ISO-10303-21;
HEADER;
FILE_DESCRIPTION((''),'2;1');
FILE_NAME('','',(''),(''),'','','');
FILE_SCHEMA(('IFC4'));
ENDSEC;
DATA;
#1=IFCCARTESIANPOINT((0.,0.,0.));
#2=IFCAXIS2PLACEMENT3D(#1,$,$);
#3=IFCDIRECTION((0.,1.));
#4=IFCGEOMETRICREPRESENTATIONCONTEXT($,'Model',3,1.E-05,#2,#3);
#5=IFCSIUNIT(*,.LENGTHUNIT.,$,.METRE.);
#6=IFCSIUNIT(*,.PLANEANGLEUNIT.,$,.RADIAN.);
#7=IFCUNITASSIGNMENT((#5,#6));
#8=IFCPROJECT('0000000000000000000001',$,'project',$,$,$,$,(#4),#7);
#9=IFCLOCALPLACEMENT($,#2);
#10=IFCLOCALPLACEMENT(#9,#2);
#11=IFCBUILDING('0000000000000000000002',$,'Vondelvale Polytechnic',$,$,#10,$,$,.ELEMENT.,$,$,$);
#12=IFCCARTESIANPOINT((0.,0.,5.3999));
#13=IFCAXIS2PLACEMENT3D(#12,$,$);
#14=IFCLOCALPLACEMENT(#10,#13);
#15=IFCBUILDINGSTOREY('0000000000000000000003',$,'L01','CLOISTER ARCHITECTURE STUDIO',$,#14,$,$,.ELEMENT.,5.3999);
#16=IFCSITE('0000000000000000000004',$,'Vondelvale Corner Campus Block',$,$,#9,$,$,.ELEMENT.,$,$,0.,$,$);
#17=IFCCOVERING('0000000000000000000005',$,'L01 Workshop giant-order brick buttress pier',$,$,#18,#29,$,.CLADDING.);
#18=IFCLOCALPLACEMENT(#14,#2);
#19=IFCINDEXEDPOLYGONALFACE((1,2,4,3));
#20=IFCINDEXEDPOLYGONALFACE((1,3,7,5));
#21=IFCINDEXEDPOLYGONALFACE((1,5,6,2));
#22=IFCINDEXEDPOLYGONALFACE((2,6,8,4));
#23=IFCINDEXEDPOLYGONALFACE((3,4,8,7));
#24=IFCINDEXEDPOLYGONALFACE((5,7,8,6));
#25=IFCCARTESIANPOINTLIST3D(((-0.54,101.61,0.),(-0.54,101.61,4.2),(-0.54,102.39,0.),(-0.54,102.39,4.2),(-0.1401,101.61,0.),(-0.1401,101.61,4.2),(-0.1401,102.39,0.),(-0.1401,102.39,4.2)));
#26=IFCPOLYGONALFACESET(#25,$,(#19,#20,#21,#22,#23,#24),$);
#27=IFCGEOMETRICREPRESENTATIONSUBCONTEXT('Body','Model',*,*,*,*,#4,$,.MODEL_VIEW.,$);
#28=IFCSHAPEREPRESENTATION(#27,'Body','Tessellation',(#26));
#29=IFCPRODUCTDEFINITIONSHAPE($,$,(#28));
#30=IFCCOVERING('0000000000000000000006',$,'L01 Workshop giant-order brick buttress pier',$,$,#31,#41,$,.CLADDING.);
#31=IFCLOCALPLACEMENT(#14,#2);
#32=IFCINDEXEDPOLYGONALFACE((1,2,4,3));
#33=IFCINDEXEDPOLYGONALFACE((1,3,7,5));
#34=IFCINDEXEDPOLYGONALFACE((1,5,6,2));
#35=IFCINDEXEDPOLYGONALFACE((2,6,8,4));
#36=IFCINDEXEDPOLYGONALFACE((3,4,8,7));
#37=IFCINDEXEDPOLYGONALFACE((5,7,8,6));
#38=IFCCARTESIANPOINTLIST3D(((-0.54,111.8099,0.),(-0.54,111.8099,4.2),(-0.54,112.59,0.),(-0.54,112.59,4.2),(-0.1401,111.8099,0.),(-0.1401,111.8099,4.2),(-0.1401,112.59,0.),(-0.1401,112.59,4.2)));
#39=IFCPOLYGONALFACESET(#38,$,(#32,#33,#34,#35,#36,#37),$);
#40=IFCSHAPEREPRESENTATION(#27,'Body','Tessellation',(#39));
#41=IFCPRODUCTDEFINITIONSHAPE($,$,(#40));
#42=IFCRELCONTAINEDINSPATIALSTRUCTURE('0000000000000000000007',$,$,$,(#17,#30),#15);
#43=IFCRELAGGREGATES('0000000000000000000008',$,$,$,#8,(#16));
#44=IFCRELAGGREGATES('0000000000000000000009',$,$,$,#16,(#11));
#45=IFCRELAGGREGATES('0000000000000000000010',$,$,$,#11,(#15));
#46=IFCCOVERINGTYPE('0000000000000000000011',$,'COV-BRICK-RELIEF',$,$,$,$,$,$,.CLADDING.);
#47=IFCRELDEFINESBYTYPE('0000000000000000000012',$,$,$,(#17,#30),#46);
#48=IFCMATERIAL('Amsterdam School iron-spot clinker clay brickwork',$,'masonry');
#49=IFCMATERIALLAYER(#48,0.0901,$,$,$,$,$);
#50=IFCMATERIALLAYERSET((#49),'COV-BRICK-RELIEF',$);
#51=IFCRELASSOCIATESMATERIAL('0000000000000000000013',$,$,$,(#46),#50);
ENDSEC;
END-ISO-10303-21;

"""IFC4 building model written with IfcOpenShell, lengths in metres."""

from ifc_helpers import new_model, si_unit, direction, frame, origin, origin_2d, place, context, subcontext, project, spatial, rectangle, extrude, material, layer, layer_set, type_object, element, save


model = new_model("IFC4")

# Units and contexts
model_context = context("Model", 3, precision=1e-05, world=origin(), true_north=direction((0.0, 1.0)))
body_context = subcontext(model_context, "Body", "Model", "MODEL_VIEW")
ifc_project = project(units=[si_unit("LENGTHUNIT", "METRE"), si_unit("PLANEANGLEUNIT", "RADIAN")], contexts=[model_context])

# Site, building, storey
site_placement = place(None, origin())
site = spatial("IfcSite", under=ifc_project, at=site_placement, Name="Vondelvale Corner Campus Block", CompositionType="ELEMENT", RefElevation=0.0)
building_placement = place(site_placement, origin())
building = spatial("IfcBuilding", under=site, at=building_placement, Name="Vondelvale Polytechnic", CompositionType="ELEMENT")
storey_placement = place(building_placement, frame((0.0, 0.0, 5.3999)))
storey = spatial("IfcBuildingStorey", under=building, at=storey_placement, Name="L01", Description="CLOISTER ARCHITECTURE STUDIO", CompositionType="ELEMENT", Elevation=5.3999)

# Shared definitions
ifc_material_1 = material(Name="Amsterdam School iron-spot clinker clay brickwork", Category="masonry")

# Coverings
ifc_layer_1 = layer(ifc_material_1, 0.0901)
ifc_layer_set_1 = layer_set([ifc_layer_1], Name="COV-BRICK-RELIEF")
covering_type = type_object("IfcCoveringType", Name="COV-BRICK-RELIEF", PredefinedType="CLADDING", material=ifc_layer_set_1)
for number, where, z_axis, x_axis, name in (
    (1, (-0.3401, 102.0, 0.0), (0.0, 0.0, 1.0), (1.0, 0.0, 0.0), "L01 Workshop giant-order brick buttress pier"),
    (2, (-0.3401, 112.2, 0.0), (0.0, 0.0, 1.0), (1.0, 0.0, 0.0), "L01 Workshop giant-order brick buttress pier"),
):
    element("IfcCovering", number, at=place(storey_placement, frame(where, z_axis=z_axis, x_axis=x_axis)), inside=storey, type_object=covering_type, Name=name, PredefinedType="CLADDING", context=body_context, shape_type="SweptSolid", body=[
        extrude(rectangle(XDim=0.3999, YDim=0.78, at=origin_2d()), origin(), (0.0, 0.0, 1.0), 4.2),
    ])

save(model, "model.ifc")
